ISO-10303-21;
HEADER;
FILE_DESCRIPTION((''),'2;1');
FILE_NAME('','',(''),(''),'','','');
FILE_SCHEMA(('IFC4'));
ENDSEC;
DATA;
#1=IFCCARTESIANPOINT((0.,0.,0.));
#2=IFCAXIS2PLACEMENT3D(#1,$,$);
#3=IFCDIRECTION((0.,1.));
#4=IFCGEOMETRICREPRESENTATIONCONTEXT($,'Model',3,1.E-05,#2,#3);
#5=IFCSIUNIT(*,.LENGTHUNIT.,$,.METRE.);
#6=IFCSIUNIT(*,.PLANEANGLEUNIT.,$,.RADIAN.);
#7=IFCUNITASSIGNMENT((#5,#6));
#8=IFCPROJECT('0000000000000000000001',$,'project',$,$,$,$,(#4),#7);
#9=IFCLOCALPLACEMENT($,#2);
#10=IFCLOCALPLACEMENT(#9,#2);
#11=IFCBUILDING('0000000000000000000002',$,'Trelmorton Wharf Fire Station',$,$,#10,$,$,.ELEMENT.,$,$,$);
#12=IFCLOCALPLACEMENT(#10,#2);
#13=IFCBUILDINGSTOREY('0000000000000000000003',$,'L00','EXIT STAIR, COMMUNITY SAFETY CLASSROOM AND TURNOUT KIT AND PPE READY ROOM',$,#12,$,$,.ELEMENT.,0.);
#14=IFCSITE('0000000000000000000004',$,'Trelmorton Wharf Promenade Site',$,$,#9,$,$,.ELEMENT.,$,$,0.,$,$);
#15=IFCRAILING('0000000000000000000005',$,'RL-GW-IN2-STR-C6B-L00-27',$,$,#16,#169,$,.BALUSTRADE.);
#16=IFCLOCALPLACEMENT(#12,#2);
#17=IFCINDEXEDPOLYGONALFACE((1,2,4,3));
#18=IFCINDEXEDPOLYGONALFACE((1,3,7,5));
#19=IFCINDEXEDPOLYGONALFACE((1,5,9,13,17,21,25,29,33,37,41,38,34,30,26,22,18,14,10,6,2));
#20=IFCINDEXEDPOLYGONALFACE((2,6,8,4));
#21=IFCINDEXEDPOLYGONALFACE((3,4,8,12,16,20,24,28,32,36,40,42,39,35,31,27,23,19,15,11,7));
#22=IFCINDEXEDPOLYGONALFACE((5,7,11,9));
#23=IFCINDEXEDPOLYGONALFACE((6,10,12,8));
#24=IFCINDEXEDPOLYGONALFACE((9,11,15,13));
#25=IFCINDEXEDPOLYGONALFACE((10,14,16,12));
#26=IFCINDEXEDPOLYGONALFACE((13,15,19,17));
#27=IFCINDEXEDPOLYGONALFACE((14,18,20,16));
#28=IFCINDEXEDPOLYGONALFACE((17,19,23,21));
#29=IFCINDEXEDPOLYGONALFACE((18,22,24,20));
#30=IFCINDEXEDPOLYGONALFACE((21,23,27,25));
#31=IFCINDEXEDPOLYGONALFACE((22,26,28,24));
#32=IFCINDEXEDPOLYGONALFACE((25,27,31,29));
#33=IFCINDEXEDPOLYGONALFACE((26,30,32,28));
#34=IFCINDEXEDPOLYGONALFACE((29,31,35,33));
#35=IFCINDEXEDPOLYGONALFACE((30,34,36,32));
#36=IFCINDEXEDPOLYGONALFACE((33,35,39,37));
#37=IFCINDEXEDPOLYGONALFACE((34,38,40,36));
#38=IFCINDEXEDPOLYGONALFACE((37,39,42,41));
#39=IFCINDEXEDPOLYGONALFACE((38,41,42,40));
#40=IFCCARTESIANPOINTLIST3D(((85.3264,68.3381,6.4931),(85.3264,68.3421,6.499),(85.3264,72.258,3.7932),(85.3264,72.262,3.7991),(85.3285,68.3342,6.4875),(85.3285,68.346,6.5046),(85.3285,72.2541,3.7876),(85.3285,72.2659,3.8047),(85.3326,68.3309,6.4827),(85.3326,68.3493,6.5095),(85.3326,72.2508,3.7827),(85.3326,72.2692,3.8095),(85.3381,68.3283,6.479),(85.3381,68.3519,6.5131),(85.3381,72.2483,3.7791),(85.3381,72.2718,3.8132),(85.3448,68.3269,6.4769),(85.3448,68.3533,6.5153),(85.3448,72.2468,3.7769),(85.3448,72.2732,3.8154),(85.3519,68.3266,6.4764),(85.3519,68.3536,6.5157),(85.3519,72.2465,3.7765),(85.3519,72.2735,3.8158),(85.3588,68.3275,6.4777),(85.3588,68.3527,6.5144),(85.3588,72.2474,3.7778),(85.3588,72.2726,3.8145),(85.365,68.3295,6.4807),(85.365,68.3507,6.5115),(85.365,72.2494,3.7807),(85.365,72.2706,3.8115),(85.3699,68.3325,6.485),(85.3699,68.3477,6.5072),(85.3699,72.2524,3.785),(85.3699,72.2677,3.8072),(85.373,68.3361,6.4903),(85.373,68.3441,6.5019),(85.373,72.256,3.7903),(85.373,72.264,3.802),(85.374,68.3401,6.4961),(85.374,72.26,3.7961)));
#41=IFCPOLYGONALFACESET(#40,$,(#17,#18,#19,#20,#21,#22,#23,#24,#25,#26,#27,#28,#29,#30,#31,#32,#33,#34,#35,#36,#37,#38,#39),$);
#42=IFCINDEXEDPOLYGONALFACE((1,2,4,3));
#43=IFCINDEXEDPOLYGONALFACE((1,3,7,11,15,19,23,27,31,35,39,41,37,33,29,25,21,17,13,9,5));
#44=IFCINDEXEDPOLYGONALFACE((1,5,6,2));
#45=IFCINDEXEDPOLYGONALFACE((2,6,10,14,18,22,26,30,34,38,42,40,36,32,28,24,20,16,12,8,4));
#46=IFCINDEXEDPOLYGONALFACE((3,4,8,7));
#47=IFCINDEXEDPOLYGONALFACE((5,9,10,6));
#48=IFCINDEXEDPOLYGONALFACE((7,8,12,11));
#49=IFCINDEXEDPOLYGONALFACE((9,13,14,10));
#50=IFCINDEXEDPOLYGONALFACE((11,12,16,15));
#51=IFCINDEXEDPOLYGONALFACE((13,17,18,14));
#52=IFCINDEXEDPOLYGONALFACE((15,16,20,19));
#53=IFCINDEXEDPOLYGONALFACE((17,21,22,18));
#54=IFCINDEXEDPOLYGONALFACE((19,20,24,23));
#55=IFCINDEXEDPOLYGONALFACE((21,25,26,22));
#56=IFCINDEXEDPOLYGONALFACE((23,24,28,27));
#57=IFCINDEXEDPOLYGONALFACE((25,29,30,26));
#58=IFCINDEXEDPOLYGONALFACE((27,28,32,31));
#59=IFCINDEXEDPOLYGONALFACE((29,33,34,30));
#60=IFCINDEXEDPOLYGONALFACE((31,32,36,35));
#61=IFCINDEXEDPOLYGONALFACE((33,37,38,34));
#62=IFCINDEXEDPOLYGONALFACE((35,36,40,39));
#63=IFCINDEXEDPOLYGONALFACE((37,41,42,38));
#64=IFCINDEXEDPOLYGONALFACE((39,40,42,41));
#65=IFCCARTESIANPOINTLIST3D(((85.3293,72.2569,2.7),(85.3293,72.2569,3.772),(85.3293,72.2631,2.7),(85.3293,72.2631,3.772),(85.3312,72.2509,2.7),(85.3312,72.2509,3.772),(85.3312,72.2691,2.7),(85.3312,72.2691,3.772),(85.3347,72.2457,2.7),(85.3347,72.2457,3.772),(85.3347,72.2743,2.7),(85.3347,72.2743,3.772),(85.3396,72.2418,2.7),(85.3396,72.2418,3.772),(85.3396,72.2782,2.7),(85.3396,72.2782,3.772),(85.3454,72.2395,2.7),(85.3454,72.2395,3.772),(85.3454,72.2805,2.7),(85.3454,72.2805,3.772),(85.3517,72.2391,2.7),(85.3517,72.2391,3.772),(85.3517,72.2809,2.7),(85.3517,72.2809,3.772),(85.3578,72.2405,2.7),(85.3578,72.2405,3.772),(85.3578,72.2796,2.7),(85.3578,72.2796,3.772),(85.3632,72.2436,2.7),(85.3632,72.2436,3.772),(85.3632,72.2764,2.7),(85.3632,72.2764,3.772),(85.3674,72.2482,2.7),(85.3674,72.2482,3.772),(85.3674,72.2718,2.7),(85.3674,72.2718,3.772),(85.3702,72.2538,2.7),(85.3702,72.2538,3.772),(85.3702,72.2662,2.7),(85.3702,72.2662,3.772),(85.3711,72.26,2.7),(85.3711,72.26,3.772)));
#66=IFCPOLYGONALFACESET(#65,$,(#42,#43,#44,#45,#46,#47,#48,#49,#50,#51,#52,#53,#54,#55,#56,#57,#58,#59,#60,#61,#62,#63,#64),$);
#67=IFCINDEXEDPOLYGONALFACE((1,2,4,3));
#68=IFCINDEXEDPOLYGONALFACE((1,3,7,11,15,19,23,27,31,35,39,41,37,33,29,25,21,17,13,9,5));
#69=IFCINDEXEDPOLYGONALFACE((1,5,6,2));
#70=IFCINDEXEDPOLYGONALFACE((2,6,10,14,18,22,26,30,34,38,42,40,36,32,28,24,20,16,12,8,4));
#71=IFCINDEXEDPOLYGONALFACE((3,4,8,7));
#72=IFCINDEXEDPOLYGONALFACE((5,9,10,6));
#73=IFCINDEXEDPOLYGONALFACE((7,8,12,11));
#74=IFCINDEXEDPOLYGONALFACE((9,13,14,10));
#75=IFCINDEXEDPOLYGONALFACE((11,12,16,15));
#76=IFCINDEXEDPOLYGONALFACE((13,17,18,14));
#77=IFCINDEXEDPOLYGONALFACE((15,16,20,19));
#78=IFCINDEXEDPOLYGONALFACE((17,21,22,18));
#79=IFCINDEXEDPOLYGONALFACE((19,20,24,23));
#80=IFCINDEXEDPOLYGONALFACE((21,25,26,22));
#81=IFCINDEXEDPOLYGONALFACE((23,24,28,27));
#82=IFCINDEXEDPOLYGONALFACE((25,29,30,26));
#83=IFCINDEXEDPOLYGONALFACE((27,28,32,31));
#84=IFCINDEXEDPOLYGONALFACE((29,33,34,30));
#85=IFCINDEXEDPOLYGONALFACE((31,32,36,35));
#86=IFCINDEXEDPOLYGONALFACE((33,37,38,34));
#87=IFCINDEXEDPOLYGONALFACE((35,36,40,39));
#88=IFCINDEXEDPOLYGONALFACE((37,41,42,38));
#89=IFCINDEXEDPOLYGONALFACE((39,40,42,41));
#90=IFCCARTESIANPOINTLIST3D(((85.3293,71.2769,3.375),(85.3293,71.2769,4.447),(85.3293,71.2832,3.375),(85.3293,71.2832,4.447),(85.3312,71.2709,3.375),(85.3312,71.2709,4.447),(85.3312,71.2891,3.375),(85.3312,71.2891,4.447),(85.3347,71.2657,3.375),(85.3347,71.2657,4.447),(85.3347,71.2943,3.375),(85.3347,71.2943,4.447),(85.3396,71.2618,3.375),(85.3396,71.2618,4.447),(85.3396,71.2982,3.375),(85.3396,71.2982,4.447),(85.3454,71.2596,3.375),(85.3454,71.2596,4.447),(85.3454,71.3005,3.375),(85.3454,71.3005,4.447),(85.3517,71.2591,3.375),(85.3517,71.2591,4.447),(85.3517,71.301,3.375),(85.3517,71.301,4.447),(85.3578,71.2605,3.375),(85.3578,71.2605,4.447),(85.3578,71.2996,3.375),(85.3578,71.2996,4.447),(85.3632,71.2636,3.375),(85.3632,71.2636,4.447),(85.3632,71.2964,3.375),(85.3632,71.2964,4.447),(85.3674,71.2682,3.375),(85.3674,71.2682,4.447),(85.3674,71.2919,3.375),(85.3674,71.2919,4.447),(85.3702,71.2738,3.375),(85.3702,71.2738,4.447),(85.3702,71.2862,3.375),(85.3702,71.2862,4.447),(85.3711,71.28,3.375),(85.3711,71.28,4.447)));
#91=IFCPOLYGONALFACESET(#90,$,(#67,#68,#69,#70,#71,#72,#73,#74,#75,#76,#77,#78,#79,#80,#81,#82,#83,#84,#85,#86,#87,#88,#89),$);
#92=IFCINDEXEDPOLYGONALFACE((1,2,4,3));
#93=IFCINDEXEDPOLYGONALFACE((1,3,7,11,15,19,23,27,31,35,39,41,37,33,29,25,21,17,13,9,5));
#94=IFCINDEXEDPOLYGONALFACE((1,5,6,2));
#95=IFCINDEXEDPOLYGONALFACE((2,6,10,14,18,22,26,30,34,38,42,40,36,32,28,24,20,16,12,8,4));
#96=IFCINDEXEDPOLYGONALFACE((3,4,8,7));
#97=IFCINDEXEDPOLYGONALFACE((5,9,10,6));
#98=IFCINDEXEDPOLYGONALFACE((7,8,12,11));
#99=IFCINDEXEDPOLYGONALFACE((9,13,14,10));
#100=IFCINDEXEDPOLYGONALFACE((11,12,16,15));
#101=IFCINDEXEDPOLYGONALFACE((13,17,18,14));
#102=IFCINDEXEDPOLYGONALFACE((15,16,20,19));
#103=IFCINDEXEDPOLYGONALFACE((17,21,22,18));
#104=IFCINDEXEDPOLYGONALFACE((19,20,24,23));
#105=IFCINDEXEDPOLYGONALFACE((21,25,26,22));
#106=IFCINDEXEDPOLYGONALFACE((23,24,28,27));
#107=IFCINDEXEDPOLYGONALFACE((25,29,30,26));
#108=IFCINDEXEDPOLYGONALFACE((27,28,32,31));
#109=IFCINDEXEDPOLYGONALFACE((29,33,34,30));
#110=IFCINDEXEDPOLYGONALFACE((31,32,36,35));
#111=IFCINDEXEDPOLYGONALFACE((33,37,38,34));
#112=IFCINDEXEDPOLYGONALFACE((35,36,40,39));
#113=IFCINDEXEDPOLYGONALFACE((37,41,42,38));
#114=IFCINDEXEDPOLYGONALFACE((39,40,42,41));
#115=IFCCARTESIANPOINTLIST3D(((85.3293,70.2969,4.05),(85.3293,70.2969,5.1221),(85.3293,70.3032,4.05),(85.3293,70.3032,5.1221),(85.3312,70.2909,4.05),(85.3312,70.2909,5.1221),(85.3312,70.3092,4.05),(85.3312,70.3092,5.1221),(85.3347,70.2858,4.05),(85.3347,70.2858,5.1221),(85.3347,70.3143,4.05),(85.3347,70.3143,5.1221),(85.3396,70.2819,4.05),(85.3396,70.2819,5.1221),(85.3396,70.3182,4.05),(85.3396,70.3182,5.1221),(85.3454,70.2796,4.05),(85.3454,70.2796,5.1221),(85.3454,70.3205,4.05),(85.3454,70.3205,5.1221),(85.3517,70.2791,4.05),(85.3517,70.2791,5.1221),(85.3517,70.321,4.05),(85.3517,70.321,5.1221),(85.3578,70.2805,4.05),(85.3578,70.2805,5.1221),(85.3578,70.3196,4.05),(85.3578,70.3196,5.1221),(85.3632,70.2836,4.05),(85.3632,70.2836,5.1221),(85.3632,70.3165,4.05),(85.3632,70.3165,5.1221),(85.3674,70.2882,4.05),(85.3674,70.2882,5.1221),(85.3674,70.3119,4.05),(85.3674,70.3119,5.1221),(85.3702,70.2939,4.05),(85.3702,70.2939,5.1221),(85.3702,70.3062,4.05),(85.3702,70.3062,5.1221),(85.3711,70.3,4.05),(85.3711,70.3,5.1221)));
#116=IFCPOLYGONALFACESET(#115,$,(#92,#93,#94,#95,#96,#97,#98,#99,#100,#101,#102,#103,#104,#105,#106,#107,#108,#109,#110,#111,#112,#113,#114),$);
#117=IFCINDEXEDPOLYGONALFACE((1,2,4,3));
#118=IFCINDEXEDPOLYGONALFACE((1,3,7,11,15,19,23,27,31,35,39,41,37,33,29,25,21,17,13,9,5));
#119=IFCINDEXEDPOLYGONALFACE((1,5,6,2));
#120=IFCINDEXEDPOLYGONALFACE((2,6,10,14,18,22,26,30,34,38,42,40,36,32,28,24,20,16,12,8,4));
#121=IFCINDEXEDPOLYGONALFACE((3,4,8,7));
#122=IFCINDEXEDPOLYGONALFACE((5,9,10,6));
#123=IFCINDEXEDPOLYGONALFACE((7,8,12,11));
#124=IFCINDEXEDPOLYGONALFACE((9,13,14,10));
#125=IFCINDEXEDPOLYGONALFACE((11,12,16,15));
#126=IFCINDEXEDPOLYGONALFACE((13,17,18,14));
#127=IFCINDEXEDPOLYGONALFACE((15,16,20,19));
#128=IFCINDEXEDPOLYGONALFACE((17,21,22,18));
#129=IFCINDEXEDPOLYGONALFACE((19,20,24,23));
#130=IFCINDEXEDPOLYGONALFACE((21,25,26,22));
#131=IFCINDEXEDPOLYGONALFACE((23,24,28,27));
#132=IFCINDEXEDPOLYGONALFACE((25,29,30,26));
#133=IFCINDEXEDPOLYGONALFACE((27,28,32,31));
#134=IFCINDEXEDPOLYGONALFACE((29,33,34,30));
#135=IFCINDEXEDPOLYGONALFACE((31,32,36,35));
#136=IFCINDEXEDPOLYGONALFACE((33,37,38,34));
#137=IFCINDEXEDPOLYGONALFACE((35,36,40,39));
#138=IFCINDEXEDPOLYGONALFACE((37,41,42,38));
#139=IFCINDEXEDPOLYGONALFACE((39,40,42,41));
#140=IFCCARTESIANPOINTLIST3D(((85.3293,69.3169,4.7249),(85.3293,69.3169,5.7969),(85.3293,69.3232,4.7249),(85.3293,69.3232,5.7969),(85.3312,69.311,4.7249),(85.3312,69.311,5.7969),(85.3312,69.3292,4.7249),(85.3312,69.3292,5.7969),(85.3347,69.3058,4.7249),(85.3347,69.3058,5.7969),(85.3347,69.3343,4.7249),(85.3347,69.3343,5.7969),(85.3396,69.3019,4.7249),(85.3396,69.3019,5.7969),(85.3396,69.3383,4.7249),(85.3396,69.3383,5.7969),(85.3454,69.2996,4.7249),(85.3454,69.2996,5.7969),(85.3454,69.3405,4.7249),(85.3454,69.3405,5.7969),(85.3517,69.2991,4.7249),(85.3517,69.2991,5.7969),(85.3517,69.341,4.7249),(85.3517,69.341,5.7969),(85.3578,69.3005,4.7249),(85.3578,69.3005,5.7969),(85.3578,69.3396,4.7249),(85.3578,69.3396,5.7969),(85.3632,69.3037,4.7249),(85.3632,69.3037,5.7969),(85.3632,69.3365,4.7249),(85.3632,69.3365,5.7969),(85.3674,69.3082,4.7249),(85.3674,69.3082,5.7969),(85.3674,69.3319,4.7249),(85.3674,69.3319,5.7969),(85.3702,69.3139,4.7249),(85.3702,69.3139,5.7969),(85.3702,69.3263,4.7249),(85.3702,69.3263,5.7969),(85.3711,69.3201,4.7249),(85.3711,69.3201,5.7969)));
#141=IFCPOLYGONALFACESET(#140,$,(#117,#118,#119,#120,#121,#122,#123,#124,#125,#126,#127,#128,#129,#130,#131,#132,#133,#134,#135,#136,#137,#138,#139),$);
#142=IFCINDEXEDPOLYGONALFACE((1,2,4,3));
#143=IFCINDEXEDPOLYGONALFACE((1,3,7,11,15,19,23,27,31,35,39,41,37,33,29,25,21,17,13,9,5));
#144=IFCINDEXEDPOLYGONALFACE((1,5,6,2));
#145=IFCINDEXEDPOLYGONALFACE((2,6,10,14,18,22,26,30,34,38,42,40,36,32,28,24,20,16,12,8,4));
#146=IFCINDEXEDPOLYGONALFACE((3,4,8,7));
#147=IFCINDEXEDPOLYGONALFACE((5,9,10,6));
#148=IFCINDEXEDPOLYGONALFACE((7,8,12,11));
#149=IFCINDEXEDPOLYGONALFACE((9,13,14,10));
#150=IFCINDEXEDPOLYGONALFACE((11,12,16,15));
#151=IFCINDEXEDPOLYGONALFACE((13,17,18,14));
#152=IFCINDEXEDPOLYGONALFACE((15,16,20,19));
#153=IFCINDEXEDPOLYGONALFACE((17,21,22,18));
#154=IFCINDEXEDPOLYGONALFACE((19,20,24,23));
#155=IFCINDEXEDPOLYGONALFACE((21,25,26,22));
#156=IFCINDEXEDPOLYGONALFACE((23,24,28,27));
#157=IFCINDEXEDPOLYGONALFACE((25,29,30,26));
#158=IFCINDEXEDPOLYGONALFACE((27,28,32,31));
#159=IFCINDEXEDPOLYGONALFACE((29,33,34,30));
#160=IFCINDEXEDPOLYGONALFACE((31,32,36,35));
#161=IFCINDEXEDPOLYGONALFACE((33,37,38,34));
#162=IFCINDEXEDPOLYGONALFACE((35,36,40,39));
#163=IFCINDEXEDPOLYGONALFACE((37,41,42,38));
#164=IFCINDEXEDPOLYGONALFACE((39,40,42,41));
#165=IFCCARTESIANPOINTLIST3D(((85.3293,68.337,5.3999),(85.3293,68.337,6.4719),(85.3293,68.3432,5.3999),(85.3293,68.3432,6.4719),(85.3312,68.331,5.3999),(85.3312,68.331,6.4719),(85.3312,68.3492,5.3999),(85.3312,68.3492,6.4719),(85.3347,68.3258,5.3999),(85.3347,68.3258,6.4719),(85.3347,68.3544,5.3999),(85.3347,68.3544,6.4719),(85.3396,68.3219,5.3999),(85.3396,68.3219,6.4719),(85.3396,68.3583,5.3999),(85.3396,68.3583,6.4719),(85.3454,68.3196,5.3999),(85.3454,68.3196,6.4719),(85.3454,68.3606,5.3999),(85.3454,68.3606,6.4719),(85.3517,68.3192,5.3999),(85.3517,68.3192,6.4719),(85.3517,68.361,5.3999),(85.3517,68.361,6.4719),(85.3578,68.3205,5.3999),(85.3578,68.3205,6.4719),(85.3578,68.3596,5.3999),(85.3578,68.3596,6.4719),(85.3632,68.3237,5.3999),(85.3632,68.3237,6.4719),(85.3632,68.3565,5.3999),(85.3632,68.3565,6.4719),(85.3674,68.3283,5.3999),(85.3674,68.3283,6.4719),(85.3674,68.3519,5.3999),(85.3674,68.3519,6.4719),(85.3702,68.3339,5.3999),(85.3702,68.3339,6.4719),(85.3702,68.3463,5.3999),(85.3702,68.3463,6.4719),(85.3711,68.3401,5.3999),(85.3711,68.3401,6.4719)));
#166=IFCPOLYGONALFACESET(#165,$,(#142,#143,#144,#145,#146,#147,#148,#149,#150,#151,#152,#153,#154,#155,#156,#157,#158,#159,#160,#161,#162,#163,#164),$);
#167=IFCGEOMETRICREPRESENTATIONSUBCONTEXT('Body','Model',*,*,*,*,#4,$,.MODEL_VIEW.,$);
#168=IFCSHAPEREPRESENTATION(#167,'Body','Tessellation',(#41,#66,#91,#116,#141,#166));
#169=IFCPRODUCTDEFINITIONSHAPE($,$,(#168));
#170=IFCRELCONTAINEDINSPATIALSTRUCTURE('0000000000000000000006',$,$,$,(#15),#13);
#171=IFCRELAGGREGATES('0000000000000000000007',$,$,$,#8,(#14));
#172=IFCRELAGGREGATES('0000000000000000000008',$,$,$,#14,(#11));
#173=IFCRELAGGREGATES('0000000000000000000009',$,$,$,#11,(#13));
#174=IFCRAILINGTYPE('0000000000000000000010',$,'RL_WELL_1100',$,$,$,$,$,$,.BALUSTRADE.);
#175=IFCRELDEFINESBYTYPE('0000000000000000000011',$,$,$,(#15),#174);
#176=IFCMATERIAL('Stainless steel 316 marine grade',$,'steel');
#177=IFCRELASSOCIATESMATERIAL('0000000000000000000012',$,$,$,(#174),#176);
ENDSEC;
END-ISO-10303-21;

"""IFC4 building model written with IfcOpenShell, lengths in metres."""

from ifc_helpers import new_model, si_unit, direction, frame, origin, origin_2d, place, context, subcontext, project, spatial, circle, extrude, material, type_object, element, save


model = new_model("IFC4")

# Units and contexts
model_context = context("Model", 3, precision=1e-05, world=origin(), true_north=direction((0.0, 1.0)))
body_context = subcontext(model_context, "Body", "Model", "MODEL_VIEW")
ifc_project = project(units=[si_unit("LENGTHUNIT", "METRE"), si_unit("PLANEANGLEUNIT", "RADIAN")], contexts=[model_context])

# Site, building, storey
site_placement = place(None, origin())
site = spatial("IfcSite", under=ifc_project, at=site_placement, Name="Trelmorton Wharf Promenade Site", CompositionType="ELEMENT", RefElevation=0.0)
building_placement = place(site_placement, origin())
building = spatial("IfcBuilding", under=site, at=building_placement, Name="Trelmorton Wharf Fire Station", CompositionType="ELEMENT")
storey_placement = place(building_placement, origin())
storey = spatial("IfcBuildingStorey", under=building, at=storey_placement, Name="L00", Description="EXIT STAIR, COMMUNITY SAFETY CLASSROOM AND TURNOUT KIT AND PPE READY ROOM", CompositionType="ELEMENT", Elevation=0.0)

# Shared definitions
ifc_material_1 = material(Name="Stainless steel 316 marine grade", Category="steel")

# Railing
railing_type_1 = type_object("IfcRailingType", Name="RL_WELL_1100", PredefinedType="BALUSTRADE", material=ifc_material_1)
railing_1_placement = place(storey_placement, frame((85.3501, 72.26, 2.7)))
element("IfcRailing", 1, at=railing_1_placement, inside=storey, type_object=railing_type_1, Name="RL-GW-IN2-STR-C6B-L00-27", PredefinedType="BALUSTRADE", context=body_context, shape_type="SweptSolid", body=[
    extrude(circle(Radius=0.0239, at=origin_2d()), frame((0.0, 0.0, 1.0962), z_axis=(0.0, -0.823551, 0.567243), x_axis=(1.0, 0.0, 0.0)), (0.0, 0.0, 1.0), 4.7598),
    extrude(circle(Radius=0.021, at=origin_2d()), origin(), (0.0, 0.0, 1.0), 1.072),
    extrude(circle(Radius=0.021, at=origin_2d()), frame((0.0, -0.98, 0.675)), (0.0, 0.0, 1.0), 1.072),
    extrude(circle(Radius=0.021, at=origin_2d()), frame((0.0, -1.96, 1.3501)), (0.0, 0.0, 1.0), 1.072),
    extrude(circle(Radius=0.021, at=origin_2d()), frame((0.0, -2.9399, 2.0249)), (0.0, 0.0, 1.0), 1.072),
    extrude(circle(Radius=0.021, at=origin_2d()), frame((0.0, -3.9199, 2.7)), (0.0, 0.0, 1.0), 1.072),
])

save(model, "model.ifc")
